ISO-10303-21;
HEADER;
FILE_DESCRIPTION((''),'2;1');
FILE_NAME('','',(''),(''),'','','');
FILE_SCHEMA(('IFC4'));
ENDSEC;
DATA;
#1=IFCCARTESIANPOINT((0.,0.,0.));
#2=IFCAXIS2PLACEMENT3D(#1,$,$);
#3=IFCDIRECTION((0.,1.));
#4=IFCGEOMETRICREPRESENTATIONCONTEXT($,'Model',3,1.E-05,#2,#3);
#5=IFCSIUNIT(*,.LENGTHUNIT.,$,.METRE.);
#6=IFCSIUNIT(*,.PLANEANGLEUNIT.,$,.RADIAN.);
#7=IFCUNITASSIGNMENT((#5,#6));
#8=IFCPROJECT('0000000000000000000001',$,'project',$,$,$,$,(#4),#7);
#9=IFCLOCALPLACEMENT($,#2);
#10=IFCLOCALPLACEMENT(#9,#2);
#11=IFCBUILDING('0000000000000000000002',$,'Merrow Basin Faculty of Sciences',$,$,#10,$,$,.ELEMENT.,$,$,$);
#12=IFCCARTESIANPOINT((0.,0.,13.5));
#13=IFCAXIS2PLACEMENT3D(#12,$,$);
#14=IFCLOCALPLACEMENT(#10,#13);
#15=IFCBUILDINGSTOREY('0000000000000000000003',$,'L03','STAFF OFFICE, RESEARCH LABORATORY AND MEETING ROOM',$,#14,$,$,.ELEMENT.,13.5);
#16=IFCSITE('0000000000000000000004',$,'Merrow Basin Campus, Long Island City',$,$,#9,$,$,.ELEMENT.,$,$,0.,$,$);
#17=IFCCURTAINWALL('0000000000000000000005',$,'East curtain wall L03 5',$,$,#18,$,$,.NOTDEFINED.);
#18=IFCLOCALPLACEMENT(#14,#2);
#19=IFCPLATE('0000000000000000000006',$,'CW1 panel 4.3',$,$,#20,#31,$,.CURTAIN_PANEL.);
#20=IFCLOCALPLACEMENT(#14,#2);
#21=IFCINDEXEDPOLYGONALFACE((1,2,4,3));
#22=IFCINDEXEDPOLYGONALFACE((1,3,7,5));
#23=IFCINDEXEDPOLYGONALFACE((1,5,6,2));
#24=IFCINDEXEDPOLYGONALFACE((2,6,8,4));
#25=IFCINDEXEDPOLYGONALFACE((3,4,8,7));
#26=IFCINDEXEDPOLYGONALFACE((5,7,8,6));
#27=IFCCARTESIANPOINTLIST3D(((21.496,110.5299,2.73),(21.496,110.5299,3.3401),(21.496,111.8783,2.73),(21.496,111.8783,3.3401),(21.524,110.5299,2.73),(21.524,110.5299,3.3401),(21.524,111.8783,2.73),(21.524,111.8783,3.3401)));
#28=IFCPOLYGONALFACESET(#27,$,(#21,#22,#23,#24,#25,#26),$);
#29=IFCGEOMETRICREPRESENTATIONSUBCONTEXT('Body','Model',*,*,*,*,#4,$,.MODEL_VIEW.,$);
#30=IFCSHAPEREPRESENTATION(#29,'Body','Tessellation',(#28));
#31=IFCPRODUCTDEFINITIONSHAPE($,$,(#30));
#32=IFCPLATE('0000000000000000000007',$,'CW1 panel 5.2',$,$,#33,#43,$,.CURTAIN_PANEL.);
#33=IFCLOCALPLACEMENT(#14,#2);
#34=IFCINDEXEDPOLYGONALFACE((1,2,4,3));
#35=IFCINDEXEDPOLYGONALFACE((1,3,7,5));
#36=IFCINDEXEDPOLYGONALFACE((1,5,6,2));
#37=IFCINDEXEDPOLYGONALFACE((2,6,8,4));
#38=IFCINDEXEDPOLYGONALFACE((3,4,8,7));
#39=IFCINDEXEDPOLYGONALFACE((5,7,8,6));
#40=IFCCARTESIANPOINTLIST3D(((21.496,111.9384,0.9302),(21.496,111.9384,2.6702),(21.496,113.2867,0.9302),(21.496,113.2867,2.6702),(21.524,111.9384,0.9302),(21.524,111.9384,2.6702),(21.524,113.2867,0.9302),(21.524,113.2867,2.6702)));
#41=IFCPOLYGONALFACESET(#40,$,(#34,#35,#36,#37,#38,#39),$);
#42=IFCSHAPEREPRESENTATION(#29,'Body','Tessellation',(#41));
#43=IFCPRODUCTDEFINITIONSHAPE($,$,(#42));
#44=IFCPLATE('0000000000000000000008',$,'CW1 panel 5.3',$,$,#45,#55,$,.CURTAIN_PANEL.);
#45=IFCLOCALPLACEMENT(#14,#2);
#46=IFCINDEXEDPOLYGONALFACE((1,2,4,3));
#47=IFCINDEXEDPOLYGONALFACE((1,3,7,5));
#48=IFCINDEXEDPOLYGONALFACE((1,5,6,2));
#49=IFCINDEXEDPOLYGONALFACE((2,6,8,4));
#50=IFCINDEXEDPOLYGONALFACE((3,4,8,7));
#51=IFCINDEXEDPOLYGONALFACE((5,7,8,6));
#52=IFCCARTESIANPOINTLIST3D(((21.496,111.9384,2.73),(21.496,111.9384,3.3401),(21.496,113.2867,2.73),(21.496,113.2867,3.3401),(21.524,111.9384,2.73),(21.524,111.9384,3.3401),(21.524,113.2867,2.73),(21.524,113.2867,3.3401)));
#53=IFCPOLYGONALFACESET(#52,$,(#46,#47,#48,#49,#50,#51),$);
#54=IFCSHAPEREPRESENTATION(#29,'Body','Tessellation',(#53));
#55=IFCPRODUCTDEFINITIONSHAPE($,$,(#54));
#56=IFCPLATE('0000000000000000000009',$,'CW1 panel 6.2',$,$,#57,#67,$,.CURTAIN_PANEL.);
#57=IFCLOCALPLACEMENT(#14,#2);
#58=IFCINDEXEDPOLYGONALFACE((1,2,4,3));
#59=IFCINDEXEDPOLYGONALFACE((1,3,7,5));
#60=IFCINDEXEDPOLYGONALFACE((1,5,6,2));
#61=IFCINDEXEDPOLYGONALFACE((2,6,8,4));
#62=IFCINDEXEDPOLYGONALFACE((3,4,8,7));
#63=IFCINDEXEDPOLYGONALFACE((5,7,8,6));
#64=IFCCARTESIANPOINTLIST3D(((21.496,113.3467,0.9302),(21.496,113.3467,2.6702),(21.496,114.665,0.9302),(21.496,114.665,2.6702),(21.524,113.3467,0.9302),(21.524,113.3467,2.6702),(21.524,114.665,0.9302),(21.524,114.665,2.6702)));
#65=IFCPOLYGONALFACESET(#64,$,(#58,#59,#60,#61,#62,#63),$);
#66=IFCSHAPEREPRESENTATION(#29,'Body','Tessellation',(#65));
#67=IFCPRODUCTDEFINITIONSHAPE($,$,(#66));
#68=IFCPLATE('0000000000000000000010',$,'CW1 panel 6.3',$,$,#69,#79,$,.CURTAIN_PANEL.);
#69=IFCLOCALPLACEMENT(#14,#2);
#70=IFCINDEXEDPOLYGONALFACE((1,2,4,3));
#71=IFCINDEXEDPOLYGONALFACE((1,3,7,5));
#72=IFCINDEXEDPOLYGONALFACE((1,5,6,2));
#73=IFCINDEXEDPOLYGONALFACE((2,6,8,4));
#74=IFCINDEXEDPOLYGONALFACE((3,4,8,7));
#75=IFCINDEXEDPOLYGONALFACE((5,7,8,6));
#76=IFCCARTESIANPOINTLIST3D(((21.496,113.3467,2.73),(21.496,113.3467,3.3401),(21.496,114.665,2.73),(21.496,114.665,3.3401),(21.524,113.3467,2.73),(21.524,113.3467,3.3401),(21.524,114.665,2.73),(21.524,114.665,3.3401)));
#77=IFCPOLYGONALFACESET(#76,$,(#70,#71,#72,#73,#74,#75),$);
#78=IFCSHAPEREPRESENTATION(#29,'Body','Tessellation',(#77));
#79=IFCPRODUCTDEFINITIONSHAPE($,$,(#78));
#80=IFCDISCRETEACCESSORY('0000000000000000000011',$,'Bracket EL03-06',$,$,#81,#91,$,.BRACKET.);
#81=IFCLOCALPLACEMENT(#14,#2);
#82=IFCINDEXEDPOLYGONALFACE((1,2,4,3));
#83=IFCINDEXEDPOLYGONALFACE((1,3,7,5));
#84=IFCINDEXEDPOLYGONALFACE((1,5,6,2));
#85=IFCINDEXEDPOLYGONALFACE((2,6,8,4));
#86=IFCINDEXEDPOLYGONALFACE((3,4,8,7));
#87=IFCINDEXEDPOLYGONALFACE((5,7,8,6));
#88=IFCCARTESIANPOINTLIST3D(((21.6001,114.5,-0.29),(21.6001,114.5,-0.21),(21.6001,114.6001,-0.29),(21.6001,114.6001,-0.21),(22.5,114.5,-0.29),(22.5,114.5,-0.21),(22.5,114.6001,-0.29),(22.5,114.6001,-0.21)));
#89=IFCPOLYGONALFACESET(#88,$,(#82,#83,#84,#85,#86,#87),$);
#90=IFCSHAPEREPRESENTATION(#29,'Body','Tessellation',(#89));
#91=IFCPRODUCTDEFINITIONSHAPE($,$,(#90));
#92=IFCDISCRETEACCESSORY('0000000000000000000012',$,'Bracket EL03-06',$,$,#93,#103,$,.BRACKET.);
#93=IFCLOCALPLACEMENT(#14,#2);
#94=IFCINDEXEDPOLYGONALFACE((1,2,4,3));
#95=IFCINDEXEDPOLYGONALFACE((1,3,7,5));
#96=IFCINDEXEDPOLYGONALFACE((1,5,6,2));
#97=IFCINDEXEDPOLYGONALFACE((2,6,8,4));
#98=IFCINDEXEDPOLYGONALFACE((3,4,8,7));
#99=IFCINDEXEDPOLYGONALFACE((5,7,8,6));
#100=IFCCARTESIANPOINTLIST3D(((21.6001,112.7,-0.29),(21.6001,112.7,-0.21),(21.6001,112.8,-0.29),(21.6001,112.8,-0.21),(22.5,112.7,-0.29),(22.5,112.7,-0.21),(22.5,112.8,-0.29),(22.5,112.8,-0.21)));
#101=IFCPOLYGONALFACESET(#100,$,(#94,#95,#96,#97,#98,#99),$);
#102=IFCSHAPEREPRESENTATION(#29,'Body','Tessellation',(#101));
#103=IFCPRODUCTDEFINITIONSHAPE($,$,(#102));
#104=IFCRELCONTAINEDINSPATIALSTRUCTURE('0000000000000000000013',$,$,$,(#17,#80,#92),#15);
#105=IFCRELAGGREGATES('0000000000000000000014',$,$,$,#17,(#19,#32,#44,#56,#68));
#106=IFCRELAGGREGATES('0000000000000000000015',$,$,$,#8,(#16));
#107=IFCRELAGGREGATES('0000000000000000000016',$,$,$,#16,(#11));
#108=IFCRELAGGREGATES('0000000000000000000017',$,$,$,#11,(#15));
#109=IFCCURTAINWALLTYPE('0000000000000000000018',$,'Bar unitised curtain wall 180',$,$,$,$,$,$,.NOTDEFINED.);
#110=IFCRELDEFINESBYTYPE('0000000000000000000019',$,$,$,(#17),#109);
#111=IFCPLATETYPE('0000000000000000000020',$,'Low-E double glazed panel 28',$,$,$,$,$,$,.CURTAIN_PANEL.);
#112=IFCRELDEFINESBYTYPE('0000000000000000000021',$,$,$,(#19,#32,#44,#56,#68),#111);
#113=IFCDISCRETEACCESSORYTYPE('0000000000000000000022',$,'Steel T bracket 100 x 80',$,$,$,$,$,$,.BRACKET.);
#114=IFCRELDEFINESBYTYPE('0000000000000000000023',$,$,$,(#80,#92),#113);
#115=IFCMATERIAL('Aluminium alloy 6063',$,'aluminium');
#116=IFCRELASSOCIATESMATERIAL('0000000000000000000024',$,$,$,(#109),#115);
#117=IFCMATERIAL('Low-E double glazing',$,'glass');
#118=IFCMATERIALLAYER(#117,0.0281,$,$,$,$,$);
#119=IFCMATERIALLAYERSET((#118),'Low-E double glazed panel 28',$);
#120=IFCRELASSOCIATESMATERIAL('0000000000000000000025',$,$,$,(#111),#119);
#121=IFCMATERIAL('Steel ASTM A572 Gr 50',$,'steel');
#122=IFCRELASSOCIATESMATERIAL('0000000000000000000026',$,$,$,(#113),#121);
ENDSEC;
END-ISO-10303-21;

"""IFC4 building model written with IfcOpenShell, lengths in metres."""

from ifc_helpers import new_model, si_unit, direction, frame, origin, origin_2d, place, context, subcontext, project, spatial, polyline, rectangle, outline, extrude, source, transform, mapped, material, layer, layer_set, type_object, element, aggregate, save


model = new_model("IFC4")

# Units and contexts
model_context = context("Model", 3, precision=1e-05, world=origin(), true_north=direction((0.0, 1.0)))
body_context = subcontext(model_context, "Body", "Model", "MODEL_VIEW")
ifc_project = project(units=[si_unit("LENGTHUNIT", "METRE"), si_unit("PLANEANGLEUNIT", "RADIAN")], contexts=[model_context])

# Site, building, storey
site_placement = place(None, origin())
site = spatial("IfcSite", under=ifc_project, at=site_placement, Name="Merrow Basin Campus, Long Island City", CompositionType="ELEMENT", RefElevation=0.0)
building_placement = place(site_placement, origin())
building = spatial("IfcBuilding", under=site, at=building_placement, Name="Merrow Basin Faculty of Sciences", CompositionType="ELEMENT")
storey_placement = place(building_placement, frame((0.0, 0.0, 13.5)))
storey = spatial("IfcBuildingStorey", under=building, at=storey_placement, Name="L03", Description="STAFF OFFICE, RESEARCH LABORATORY AND MEETING ROOM", CompositionType="ELEMENT", Elevation=13.5)

# Curtain wall, plates
ifc_material_1 = material(Name="Aluminium alloy 6063", Category="aluminium")
curtain_wall_type = type_object("IfcCurtainWallType", Name="Bar unitised curtain wall 180", PredefinedType="NOTDEFINED", material=ifc_material_1)
curtain_wall_placement = place(storey_placement, origin())
curtain_wall = element("IfcCurtainWall", 1, at=curtain_wall_placement, inside=storey, type_object=curtain_wall_type, Name="East curtain wall L03 5", PredefinedType="NOTDEFINED")
ifc_material_2 = material(Name="Low-E double glazing", Category="glass")
ifc_layer_1 = layer(ifc_material_2, 0.0281)
ifc_layer_set_1 = layer_set([ifc_layer_1], Name="Low-E double glazed panel 28")
plate_type_1 = type_object("IfcPlateType", Name="Low-E double glazed panel 28", PredefinedType="CURTAIN_PANEL", material=ifc_layer_set_1)
plate_1_placement = place(storey_placement, frame((21.51, 111.2041, 2.73), z_axis=(0.0, 0.0, 1.0), x_axis=(0.0, 1.0, 0.0)))
plate_1 = element("IfcPlate", 2, at=plate_1_placement, type_object=plate_type_1, Name="CW1 panel 4.3", PredefinedType="CURTAIN_PANEL", context=body_context, shape_type="SweptSolid", body=[
    extrude(rectangle(XDim=1.3484, YDim=0.0281, at=origin_2d()), origin(), (0.0, 0.0, 1.0), 0.6101),
])
plate_2_placement = place(storey_placement, frame((21.51, 112.6125, 0.9302), z_axis=(0.0, 0.0, 1.0), x_axis=(0.0, 1.0, 0.0)))
plate_2 = element("IfcPlate", 3, at=plate_2_placement, type_object=plate_type_1, Name="CW1 panel 5.2", PredefinedType="CURTAIN_PANEL", context=body_context, shape_type="SweptSolid", body=[
    extrude(rectangle(XDim=1.3484, YDim=0.0281, at=origin_2d()), origin(), (0.0, 0.0, 1.0), 1.74),
])
plate_3_placement = place(storey_placement, frame((21.51, 112.6125, 2.73), z_axis=(0.0, 0.0, 1.0), x_axis=(0.0, 1.0, 0.0)))
plate_3 = element("IfcPlate", 4, at=plate_3_placement, type_object=plate_type_1, Name="CW1 panel 5.3", PredefinedType="CURTAIN_PANEL", context=body_context, shape_type="SweptSolid", body=[
    extrude(rectangle(XDim=1.3484, YDim=0.0281, at=origin_2d()), origin(), (0.0, 0.0, 1.0), 0.6101),
])
plate_4_placement = place(storey_placement, frame((21.51, 114.0059, 0.9302), z_axis=(0.0, 0.0, 1.0), x_axis=(0.0, 1.0, 0.0)))
plate_4 = element("IfcPlate", 5, at=plate_4_placement, type_object=plate_type_1, Name="CW1 panel 6.2", PredefinedType="CURTAIN_PANEL", context=body_context, shape_type="SweptSolid", body=[
    extrude(rectangle(XDim=1.3184, YDim=0.0281, at=origin_2d()), origin(), (0.0, 0.0, 1.0), 1.74),
])
plate_5_placement = place(storey_placement, frame((21.51, 114.0059, 2.73), z_axis=(0.0, 0.0, 1.0), x_axis=(0.0, 1.0, 0.0)))
plate_5 = element("IfcPlate", 6, at=plate_5_placement, type_object=plate_type_1, Name="CW1 panel 6.3", PredefinedType="CURTAIN_PANEL", context=body_context, shape_type="SweptSolid", body=[
    extrude(rectangle(XDim=1.3184, YDim=0.0281, at=origin_2d()), origin(), (0.0, 0.0, 1.0), 0.6101),
])
aggregate(curtain_wall, [plate_1, plate_2, plate_3, plate_4, plate_5])

# Discrete accessories
ifc_material_3 = material(Name="Steel ASTM A572 Gr 50", Category="steel")
discrete_accessory_type = type_object("IfcDiscreteAccessoryType", Name="Steel T bracket 100 x 80", PredefinedType="BRACKET", material=ifc_material_3)
shared_shape = source(origin(), body_context, "Body", "SweptSolid", [
    extrude(outline(polyline([(0.0, 0.0), (0.1001, 0.0), (0.1001, 0.0801), (0.0, 0.0801), (0.0, 0.0)])), origin(), (0.0, 0.0, 1.0), 0.8999),
])
for number, where, z_axis, x_axis, name in (
    (7, (22.5, 114.6001, -0.29), (-1.0, 0.0, 0.0), (0.0, -1.0, 0.0), "Bracket EL03-06"),
    (8, (22.5, 112.8, -0.29), (-1.0, 0.0, 0.0), (0.0, -1.0, 0.0), "Bracket EL03-06"),
):
    element("IfcDiscreteAccessory", number, at=place(storey_placement, frame(where, z_axis=z_axis, x_axis=x_axis)), inside=storey, type_object=discrete_accessory_type, Name=name, PredefinedType="BRACKET", context=body_context, shape_type="MappedRepresentation", body=[
        mapped(shared_shape, transform((0.0, 0.0, 0.0), scale=1.0)),
    ])

save(model, "model.ifc")
